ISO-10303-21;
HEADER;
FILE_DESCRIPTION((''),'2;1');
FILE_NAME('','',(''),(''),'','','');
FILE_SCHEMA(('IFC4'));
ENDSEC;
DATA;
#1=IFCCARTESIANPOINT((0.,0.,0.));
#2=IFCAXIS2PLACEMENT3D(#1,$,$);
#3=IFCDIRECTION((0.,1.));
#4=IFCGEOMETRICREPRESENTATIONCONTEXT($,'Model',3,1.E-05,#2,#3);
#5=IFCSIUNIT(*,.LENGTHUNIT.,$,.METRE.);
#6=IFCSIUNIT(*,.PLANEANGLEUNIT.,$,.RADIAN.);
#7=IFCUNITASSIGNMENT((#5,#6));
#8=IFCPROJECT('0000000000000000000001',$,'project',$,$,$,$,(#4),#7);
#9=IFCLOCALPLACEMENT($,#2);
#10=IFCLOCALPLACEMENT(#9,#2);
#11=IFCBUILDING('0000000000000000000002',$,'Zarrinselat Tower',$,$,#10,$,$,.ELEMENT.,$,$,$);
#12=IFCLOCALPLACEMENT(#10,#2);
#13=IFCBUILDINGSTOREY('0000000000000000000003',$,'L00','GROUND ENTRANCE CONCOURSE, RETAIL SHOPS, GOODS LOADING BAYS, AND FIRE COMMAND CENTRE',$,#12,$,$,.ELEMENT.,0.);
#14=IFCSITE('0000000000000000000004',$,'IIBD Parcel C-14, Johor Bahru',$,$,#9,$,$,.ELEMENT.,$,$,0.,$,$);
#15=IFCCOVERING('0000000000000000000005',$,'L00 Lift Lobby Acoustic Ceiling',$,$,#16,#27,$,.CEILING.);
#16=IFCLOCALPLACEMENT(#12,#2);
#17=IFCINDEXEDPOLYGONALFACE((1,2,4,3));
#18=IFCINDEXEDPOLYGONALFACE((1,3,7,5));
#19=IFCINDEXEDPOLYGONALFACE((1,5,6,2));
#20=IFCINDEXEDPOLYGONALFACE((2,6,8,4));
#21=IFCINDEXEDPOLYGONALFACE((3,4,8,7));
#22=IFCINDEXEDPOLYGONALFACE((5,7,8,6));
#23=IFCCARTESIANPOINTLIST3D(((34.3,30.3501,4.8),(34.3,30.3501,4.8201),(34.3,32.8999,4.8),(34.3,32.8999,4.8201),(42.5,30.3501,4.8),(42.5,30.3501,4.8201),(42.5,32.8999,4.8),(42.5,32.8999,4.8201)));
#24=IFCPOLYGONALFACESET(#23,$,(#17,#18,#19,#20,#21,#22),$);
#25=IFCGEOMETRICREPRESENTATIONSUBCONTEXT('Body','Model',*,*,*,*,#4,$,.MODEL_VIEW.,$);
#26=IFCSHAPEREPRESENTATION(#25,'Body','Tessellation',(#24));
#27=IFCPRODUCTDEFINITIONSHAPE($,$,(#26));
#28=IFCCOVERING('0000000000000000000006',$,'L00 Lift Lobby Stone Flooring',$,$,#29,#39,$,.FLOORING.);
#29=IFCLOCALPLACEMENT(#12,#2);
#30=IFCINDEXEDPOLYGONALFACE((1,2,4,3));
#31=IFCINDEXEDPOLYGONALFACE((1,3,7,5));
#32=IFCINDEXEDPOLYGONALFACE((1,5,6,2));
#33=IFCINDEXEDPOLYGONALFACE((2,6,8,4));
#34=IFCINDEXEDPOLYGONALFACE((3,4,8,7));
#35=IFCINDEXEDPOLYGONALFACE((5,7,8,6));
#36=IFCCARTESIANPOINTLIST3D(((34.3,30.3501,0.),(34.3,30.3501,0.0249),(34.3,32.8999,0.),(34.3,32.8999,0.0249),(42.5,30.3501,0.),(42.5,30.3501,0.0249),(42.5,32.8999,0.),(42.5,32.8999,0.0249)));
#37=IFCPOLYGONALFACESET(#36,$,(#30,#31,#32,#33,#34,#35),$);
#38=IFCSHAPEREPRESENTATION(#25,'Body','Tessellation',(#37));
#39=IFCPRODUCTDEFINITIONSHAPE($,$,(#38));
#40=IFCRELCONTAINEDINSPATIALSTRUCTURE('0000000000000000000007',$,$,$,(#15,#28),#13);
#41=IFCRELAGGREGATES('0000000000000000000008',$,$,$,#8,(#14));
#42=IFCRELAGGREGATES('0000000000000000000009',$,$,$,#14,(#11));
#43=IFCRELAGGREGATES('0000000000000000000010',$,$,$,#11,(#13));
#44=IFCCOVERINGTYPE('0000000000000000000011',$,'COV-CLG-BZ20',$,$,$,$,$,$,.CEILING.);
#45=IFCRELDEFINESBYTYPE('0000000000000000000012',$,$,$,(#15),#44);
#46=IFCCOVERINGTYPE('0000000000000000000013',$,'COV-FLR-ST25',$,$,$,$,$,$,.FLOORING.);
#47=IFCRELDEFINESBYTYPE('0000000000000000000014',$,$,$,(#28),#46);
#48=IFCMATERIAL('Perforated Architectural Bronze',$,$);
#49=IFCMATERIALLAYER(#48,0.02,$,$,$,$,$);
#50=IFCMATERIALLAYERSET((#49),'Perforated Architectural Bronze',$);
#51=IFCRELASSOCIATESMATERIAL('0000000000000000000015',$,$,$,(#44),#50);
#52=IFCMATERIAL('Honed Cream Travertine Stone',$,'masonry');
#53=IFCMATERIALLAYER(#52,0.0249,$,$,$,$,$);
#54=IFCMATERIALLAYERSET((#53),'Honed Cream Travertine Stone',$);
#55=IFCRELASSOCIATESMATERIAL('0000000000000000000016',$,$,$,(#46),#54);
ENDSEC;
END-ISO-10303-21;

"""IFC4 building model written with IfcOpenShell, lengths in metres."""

from ifc_helpers import new_model, si_unit, direction, frame, origin, place, context, subcontext, project, spatial, polyline, outline, extrude, material, layer, layer_set, type_object, element, save


model = new_model("IFC4")

# Units and contexts
model_context = context("Model", 3, precision=1e-05, world=origin(), true_north=direction((0.0, 1.0)))
body_context = subcontext(model_context, "Body", "Model", "MODEL_VIEW")
ifc_project = project(units=[si_unit("LENGTHUNIT", "METRE"), si_unit("PLANEANGLEUNIT", "RADIAN")], contexts=[model_context])

# Site, building, storey
site_placement = place(None, origin())
site = spatial("IfcSite", under=ifc_project, at=site_placement, Name="IIBD Parcel C-14, Johor Bahru", CompositionType="ELEMENT", RefElevation=0.0)
building_placement = place(site_placement, origin())
building = spatial("IfcBuilding", under=site, at=building_placement, Name="Zarrinselat Tower", CompositionType="ELEMENT")
storey_placement = place(building_placement, origin())
storey = spatial("IfcBuildingStorey", under=building, at=storey_placement, Name="L00", Description="GROUND ENTRANCE CONCOURSE, RETAIL SHOPS, GOODS LOADING BAYS, AND FIRE COMMAND CENTRE", CompositionType="ELEMENT", Elevation=0.0)

# Coverings
ifc_material_1 = material(Name="Perforated Architectural Bronze")
ifc_layer_1 = layer(ifc_material_1, 0.02)
ifc_layer_set_1 = layer_set([ifc_layer_1], Name="Perforated Architectural Bronze")
covering_type_1 = type_object("IfcCoveringType", Name="COV-CLG-BZ20", PredefinedType="CEILING", material=ifc_layer_set_1)
covering_1_placement = place(storey_placement, frame((0.0, 0.0, 4.8)))
element("IfcCovering", 1, at=covering_1_placement, inside=storey, type_object=covering_type_1, Name="L00 Lift Lobby Acoustic Ceiling", PredefinedType="CEILING", context=body_context, shape_type="SweptSolid", body=[
    extrude(outline(polyline([(34.3, 30.3501), (42.5, 30.3501), (42.5, 32.8999), (34.3, 32.8999), (34.3, 30.3501)])), origin(), (0.0, 0.0, 1.0), 0.02),
])
ifc_material_2 = material(Name="Honed Cream Travertine Stone", Category="masonry")
ifc_layer_2 = layer(ifc_material_2, 0.0249)
ifc_layer_set_2 = layer_set([ifc_layer_2], Name="Honed Cream Travertine Stone")
covering_type_2 = type_object("IfcCoveringType", Name="COV-FLR-ST25", PredefinedType="FLOORING", material=ifc_layer_set_2)
covering_2_placement = place(storey_placement, origin())
element("IfcCovering", 2, at=covering_2_placement, inside=storey, type_object=covering_type_2, Name="L00 Lift Lobby Stone Flooring", PredefinedType="FLOORING", context=body_context, shape_type="SweptSolid", body=[
    extrude(outline(polyline([(34.3, 30.3501), (42.5, 30.3501), (42.5, 32.8999), (34.3, 32.8999), (34.3, 30.3501)])), origin(), (0.0, 0.0, 1.0), 0.0249),
])

save(model, "model.ifc")
